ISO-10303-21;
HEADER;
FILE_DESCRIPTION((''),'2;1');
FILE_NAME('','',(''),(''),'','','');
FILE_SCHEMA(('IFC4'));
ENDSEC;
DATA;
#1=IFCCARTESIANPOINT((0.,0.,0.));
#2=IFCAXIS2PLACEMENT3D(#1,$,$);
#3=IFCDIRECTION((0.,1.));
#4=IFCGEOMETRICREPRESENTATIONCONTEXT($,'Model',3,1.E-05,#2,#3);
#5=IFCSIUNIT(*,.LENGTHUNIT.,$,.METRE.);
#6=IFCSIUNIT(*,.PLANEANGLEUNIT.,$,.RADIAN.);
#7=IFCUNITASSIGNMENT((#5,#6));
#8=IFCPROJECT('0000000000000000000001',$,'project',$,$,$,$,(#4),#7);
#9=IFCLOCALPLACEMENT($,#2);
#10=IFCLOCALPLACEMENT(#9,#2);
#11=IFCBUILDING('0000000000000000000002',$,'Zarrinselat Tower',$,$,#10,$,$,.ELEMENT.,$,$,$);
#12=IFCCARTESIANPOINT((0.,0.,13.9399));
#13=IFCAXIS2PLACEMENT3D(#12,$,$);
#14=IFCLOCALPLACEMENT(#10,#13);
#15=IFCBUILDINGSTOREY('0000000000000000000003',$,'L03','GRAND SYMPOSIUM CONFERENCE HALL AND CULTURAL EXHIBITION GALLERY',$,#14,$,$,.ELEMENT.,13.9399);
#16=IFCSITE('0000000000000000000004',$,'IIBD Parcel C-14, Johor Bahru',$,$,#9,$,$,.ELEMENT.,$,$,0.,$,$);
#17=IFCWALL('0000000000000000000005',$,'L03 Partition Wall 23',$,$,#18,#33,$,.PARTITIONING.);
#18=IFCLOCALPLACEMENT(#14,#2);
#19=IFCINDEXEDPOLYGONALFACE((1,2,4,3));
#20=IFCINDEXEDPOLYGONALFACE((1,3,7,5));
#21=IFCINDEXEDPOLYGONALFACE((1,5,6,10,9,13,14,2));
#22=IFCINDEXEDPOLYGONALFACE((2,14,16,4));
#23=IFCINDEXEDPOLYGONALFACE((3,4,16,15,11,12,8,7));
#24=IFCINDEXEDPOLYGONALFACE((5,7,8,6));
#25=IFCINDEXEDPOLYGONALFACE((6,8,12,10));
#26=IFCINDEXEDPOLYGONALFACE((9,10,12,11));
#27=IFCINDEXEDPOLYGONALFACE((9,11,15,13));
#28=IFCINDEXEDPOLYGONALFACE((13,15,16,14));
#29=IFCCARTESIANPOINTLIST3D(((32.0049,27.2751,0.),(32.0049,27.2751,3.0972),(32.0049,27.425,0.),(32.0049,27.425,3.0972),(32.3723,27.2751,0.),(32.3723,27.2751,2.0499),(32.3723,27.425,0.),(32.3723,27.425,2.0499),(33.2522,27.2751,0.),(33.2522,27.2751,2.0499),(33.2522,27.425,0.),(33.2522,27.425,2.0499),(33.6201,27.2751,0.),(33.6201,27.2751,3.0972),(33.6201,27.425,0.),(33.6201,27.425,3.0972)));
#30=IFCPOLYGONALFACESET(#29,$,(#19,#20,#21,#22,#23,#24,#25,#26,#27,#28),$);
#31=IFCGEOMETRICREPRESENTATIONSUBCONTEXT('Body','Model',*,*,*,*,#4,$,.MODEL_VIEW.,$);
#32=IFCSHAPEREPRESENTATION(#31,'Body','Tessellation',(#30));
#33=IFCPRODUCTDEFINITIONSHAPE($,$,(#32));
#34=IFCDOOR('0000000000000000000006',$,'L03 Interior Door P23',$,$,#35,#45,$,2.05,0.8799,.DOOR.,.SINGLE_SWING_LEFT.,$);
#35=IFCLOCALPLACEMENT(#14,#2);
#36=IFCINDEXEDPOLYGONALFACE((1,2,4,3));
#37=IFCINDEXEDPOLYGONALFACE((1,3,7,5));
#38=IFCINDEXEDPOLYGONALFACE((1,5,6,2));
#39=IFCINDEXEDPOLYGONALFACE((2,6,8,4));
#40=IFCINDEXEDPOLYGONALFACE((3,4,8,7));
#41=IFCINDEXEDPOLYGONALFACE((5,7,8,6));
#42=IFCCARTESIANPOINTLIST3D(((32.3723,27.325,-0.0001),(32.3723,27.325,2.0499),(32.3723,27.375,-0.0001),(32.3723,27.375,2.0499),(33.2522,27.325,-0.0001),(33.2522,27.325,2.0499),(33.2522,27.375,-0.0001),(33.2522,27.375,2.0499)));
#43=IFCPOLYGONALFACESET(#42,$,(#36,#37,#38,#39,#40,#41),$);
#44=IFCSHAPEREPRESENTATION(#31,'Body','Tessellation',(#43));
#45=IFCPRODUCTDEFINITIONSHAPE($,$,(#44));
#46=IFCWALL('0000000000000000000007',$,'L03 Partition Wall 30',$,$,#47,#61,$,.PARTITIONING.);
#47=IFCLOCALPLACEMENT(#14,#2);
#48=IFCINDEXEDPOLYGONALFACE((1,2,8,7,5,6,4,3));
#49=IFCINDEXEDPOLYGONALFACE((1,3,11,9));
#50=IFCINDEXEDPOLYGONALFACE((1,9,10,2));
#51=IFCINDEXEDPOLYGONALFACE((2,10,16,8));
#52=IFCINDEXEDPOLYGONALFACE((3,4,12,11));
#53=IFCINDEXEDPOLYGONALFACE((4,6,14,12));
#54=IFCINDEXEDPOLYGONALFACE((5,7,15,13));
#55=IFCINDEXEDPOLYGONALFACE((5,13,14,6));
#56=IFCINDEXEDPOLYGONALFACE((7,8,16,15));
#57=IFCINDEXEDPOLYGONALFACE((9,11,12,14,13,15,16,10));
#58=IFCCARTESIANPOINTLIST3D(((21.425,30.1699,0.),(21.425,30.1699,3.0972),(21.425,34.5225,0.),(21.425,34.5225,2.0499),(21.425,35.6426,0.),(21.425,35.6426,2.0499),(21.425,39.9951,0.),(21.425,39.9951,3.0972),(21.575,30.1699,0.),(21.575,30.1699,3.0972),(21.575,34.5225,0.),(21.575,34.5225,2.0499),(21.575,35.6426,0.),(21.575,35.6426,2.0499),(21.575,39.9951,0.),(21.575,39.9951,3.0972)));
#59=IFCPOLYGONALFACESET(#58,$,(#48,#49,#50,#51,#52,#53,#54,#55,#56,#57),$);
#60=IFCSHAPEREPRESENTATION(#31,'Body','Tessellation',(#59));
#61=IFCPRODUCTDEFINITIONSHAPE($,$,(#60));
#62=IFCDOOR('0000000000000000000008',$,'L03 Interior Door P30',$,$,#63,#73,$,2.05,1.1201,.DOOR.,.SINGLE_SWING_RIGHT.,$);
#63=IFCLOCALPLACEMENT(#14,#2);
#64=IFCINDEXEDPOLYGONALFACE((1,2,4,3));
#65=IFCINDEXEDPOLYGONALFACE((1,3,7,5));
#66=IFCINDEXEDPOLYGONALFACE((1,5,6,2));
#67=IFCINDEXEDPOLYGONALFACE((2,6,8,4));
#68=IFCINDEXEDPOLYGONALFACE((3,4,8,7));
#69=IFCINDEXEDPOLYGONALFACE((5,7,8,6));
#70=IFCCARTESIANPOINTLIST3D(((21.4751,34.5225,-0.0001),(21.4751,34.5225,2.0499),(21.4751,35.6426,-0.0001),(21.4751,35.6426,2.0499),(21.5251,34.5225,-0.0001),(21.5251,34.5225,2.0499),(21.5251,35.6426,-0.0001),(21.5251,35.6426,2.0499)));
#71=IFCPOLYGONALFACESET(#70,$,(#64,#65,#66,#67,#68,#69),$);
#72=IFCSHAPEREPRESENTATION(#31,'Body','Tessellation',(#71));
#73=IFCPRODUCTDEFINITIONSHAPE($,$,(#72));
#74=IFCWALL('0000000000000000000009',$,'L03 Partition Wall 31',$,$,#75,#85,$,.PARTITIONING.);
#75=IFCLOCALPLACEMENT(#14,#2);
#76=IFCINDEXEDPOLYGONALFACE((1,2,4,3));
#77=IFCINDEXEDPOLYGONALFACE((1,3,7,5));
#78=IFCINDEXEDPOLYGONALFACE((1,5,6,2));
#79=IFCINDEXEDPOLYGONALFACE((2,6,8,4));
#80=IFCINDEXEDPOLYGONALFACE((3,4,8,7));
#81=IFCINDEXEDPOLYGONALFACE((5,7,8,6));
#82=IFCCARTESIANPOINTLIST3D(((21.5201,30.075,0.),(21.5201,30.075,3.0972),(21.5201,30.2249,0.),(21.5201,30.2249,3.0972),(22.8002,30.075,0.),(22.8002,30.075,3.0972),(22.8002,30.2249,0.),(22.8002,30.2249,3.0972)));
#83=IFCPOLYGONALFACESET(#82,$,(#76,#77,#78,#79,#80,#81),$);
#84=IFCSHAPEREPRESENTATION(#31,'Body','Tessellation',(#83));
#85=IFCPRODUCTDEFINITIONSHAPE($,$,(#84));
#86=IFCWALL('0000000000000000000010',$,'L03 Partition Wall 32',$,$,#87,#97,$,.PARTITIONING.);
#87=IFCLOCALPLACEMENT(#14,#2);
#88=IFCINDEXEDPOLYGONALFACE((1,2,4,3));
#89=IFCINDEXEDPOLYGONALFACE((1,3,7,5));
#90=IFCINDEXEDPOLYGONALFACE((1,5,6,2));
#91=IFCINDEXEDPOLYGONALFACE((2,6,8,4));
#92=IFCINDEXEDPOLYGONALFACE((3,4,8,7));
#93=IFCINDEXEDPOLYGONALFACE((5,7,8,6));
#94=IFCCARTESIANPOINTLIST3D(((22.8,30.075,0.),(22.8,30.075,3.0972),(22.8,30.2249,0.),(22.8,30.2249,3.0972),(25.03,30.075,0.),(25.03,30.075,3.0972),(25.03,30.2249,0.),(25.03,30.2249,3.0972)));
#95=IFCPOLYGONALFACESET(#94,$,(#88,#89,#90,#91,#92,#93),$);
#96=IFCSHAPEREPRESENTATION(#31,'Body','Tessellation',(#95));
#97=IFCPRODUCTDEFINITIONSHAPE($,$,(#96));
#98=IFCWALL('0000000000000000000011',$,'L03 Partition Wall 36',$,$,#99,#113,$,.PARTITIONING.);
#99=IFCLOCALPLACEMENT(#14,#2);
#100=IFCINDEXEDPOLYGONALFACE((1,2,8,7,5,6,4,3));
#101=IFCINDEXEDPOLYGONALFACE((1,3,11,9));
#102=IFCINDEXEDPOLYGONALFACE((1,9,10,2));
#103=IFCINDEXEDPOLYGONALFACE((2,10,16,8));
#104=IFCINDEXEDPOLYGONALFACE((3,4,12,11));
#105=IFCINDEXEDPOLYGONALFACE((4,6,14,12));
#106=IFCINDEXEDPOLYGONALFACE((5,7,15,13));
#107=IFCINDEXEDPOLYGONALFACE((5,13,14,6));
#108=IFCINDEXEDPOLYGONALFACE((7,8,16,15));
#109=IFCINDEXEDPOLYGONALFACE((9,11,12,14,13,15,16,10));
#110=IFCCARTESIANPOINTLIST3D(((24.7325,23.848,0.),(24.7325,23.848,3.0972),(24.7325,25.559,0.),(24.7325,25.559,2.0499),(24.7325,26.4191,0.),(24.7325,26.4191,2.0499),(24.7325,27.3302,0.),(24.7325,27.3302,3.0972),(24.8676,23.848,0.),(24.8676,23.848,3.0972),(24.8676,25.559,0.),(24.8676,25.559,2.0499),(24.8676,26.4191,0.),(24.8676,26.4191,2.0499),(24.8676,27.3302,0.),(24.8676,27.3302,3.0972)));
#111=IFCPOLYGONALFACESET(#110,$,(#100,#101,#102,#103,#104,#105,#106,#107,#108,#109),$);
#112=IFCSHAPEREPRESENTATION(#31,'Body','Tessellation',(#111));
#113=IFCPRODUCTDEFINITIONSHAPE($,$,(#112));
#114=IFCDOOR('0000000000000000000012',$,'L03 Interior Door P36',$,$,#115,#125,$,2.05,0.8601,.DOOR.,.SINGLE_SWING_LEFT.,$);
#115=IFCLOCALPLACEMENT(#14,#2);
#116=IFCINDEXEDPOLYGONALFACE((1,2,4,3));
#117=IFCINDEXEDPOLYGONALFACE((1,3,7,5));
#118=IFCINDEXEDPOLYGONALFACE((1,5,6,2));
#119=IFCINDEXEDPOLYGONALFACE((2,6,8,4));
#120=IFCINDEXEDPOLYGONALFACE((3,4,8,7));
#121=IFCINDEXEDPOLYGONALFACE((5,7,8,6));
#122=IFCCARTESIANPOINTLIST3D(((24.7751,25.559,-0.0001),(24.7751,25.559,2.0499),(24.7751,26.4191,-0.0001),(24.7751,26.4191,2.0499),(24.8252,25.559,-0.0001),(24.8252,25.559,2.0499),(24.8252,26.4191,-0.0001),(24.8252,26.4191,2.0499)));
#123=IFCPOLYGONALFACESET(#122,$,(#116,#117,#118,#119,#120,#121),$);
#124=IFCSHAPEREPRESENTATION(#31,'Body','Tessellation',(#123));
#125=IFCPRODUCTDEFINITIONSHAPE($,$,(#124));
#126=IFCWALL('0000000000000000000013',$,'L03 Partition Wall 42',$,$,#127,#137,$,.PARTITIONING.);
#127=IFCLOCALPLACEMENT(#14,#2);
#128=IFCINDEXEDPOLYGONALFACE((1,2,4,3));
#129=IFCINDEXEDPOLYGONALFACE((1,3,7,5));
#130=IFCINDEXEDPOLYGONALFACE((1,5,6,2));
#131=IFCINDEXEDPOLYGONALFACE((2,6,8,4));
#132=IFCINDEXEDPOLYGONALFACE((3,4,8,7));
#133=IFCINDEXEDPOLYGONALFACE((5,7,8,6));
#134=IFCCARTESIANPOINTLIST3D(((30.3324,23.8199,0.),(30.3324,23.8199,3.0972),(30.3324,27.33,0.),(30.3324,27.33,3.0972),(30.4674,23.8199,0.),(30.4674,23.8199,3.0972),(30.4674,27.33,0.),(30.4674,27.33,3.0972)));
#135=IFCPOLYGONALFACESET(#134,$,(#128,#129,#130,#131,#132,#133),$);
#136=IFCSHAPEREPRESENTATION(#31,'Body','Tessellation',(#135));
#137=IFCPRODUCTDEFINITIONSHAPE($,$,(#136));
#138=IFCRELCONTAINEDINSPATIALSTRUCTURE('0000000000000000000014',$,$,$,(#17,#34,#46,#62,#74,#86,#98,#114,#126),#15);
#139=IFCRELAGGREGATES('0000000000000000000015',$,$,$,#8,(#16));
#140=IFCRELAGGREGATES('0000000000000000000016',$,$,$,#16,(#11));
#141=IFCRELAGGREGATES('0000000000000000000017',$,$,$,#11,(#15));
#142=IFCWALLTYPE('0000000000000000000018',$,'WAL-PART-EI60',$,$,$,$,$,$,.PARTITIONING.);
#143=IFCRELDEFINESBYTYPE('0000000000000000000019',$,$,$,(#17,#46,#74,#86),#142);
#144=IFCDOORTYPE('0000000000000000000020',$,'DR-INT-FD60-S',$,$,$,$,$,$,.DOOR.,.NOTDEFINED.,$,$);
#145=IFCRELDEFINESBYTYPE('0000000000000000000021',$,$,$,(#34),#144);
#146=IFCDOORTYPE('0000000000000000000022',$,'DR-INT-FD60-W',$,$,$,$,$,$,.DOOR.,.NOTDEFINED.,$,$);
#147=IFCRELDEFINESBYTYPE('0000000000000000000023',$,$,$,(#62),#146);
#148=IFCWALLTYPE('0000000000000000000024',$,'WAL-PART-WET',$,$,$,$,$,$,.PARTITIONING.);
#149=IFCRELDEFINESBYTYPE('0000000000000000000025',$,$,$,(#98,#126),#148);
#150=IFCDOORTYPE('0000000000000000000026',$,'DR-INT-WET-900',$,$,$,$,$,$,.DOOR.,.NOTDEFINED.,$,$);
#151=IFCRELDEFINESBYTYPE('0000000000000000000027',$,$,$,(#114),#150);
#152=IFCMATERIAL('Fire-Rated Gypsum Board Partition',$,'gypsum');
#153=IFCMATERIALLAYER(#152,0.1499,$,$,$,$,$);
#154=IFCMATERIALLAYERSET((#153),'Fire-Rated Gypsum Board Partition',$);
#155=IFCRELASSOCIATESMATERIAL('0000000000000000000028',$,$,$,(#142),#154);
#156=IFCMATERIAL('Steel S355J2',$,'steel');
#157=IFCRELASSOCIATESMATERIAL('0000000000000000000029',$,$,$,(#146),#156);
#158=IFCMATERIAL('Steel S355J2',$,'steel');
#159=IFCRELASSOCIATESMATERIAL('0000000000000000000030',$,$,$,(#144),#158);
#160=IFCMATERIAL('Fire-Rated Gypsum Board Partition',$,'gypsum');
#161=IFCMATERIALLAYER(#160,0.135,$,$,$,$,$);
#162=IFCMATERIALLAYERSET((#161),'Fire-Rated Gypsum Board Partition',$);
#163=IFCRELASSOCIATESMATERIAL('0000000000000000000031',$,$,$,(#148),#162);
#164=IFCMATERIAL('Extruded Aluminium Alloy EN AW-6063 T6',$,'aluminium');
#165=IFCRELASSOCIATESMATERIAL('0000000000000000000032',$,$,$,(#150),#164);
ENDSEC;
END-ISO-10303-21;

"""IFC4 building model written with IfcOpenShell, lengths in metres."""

from ifc_helpers import new_model, si_unit, direction, frame, frame_2d, origin, place, context, subcontext, project, spatial, rectangle, extrude, material, layer, layer_set, type_object, element, fill, save


model = new_model("IFC4")

# Units and contexts
model_context = context("Model", 3, precision=1e-05, world=origin(), true_north=direction((0.0, 1.0)))
body_context = subcontext(model_context, "Body", "Model", "MODEL_VIEW")
ifc_project = project(units=[si_unit("LENGTHUNIT", "METRE"), si_unit("PLANEANGLEUNIT", "RADIAN")], contexts=[model_context])

# Site, building, storey
site_placement = place(None, origin())
site = spatial("IfcSite", under=ifc_project, at=site_placement, Name="IIBD Parcel C-14, Johor Bahru", CompositionType="ELEMENT", RefElevation=0.0)
building_placement = place(site_placement, origin())
building = spatial("IfcBuilding", under=site, at=building_placement, Name="Zarrinselat Tower", CompositionType="ELEMENT")
storey_placement = place(building_placement, frame((0.0, 0.0, 13.9399)))
storey = spatial("IfcBuildingStorey", under=building, at=storey_placement, Name="L03", Description="GRAND SYMPOSIUM CONFERENCE HALL AND CULTURAL EXHIBITION GALLERY", CompositionType="ELEMENT", Elevation=13.9399)

# Shared definitions
ifc_material_1 = material(Name="Fire-Rated Gypsum Board Partition", Category="gypsum")
ifc_layer_1 = layer(ifc_material_1, 0.1499)
ifc_layer_set_1 = layer_set([ifc_layer_1], Name="Fire-Rated Gypsum Board Partition")
wall_type_1 = type_object("IfcWallType", Name="WAL-PART-EI60", PredefinedType="PARTITIONING", material=ifc_layer_set_1)
ifc_material_2 = material(Name="Steel S355J2", Category="steel")
door_type_1 = type_object("IfcDoorType", Name="DR-INT-FD60-W", OperationType="NOTDEFINED", PredefinedType="DOOR", material=ifc_material_2)

# Walls, openings, doors
wall_1_placement = place(storey_placement, frame((32.0049, 27.3501, 0.0), z_axis=(0.0, 0.0, 1.0), x_axis=(1.0, 0.0, 0.0)))
wall_1 = element("IfcWall", 1, at=wall_1_placement, inside=storey, type_object=wall_type_1, Name="L03 Partition Wall 23", PredefinedType="PARTITIONING", context=body_context, shape_type="SweptSolid", body=[
    extrude(rectangle(XDim=1.6152, YDim=0.1499, at=frame_2d((0.8076, 0.0))), origin(), (0.0, 0.0, 1.0), 3.0972),
])
opening_1_placement = place(wall_1_placement, frame((0.3674, 0.0, 0.0)))
opening_1 = element("IfcOpeningElement", 2, at=opening_1_placement, cuts=wall_1, PredefinedType="OPENING", context=body_context, shape_type="SweptSolid", body=[
    extrude(rectangle(XDim=0.8799, YDim=2.05, at=frame_2d((0.4399, 1.0249))), frame((0.0, 0.085, 0.0), z_axis=(0.0, -1.0, 0.0), x_axis=(1.0, 0.0, 0.0)), (0.0, 0.0, 1.0), 0.1699),
])
ifc_material_3 = material(Name="Steel S355J2", Category="steel")
door_type_2 = type_object("IfcDoorType", Name="DR-INT-FD60-S", OperationType="NOTDEFINED", PredefinedType="DOOR", material=ifc_material_3)
door_1_placement = place(opening_1_placement, origin())
door_1 = element("IfcDoor", 3, at=door_1_placement, inside=storey, type_object=door_type_2, Name="L03 Interior Door P23", OperationType="SINGLE_SWING_LEFT", OverallHeight=2.05, OverallWidth=0.8799, PredefinedType="DOOR", context=body_context, shape_type="SweptSolid", body=[
    extrude(rectangle(XDim=0.8799, YDim=2.05, at=frame_2d((0.4399, 1.0249))), frame((0.0, 0.0249, 0.0), z_axis=(0.0, -1.0, 0.0), x_axis=(1.0, 0.0, 0.0)), (0.0, 0.0, 1.0), 0.05),
])
fill(opening_1, door_1)
wall_2_placement = place(storey_placement, frame((21.5, 30.1699, 0.0), z_axis=(0.0, 0.0, 1.0), x_axis=(0.0, 1.0, 0.0)))
wall_2 = element("IfcWall", 4, at=wall_2_placement, inside=storey, type_object=wall_type_1, Name="L03 Partition Wall 30", PredefinedType="PARTITIONING", context=body_context, shape_type="SweptSolid", body=[
    extrude(rectangle(XDim=9.8252, YDim=0.1499, at=frame_2d((4.9126, 0.0))), origin(), (0.0, 0.0, 1.0), 3.0972),
])
opening_2_placement = place(wall_2_placement, frame((4.3525, 0.0, 0.0)))
opening_2 = element("IfcOpeningElement", 5, at=opening_2_placement, cuts=wall_2, PredefinedType="OPENING", context=body_context, shape_type="SweptSolid", body=[
    extrude(rectangle(XDim=1.1201, YDim=2.05, at=frame_2d((0.5601, 1.0249))), frame((0.0, 0.085, 0.0), z_axis=(0.0, -1.0, 0.0), x_axis=(1.0, 0.0, 0.0)), (0.0, 0.0, 1.0), 0.1699),
])
door_2_placement = place(opening_2_placement, origin())
door_2 = element("IfcDoor", 6, at=door_2_placement, inside=storey, type_object=door_type_1, Name="L03 Interior Door P30", OperationType="SINGLE_SWING_RIGHT", OverallHeight=2.05, OverallWidth=1.1201, PredefinedType="DOOR", context=body_context, shape_type="SweptSolid", body=[
    extrude(rectangle(XDim=1.1201, YDim=2.05, at=frame_2d((0.5601, 1.0249))), frame((0.0, 0.0249, 0.0), z_axis=(0.0, -1.0, 0.0), x_axis=(1.0, 0.0, 0.0)), (0.0, 0.0, 1.0), 0.05),
])
fill(opening_2, door_2)

# Walls
wall_3_placement = place(storey_placement, frame((21.52, 30.1499, 0.0), z_axis=(0.0, 0.0, 1.0), x_axis=(1.0, 0.0, 0.0)))
element("IfcWall", 7, at=wall_3_placement, inside=storey, type_object=wall_type_1, Name="L03 Partition Wall 31", PredefinedType="PARTITIONING", context=body_context, shape_type="SweptSolid", body=[
    extrude(rectangle(XDim=1.28, YDim=0.1499, at=frame_2d((0.6401, 0.0))), origin(), (0.0, 0.0, 1.0), 3.0972),
])
wall_4_placement = place(storey_placement, frame((22.8, 30.1499, 0.0), z_axis=(0.0, 0.0, 1.0), x_axis=(1.0, 0.0, 0.0)))
element("IfcWall", 8, at=wall_4_placement, inside=storey, type_object=wall_type_1, Name="L03 Partition Wall 32", PredefinedType="PARTITIONING", context=body_context, shape_type="SweptSolid", body=[
    extrude(rectangle(XDim=2.23, YDim=0.1499, at=frame_2d((1.115, 0.0))), origin(), (0.0, 0.0, 1.0), 3.0972),
])

# Wall, opening, door
ifc_material_4 = material(Name="Fire-Rated Gypsum Board Partition", Category="gypsum")
ifc_layer_2 = layer(ifc_material_4, 0.135)
ifc_layer_set_2 = layer_set([ifc_layer_2], Name="Fire-Rated Gypsum Board Partition")
wall_type_2 = type_object("IfcWallType", Name="WAL-PART-WET", PredefinedType="PARTITIONING", material=ifc_layer_set_2)
wall_5_placement = place(storey_placement, frame((24.8, 23.8479, 0.0), z_axis=(0.0, 0.0, 1.0), x_axis=(0.0, 1.0, 0.0)))
wall_5 = element("IfcWall", 9, at=wall_5_placement, inside=storey, type_object=wall_type_2, Name="L03 Partition Wall 36", PredefinedType="PARTITIONING", context=body_context, shape_type="SweptSolid", body=[
    extrude(rectangle(XDim=3.4822, YDim=0.135, at=frame_2d((1.7412, 0.0))), origin(), (0.0, 0.0, 1.0), 3.0972),
])
opening_3_placement = place(wall_5_placement, frame((1.7109, 0.0, 0.0)))
opening_3 = element("IfcOpeningElement", 10, at=opening_3_placement, cuts=wall_5, PredefinedType="OPENING", context=body_context, shape_type="SweptSolid", body=[
    extrude(rectangle(XDim=0.8601, YDim=2.05, at=frame_2d((0.4302, 1.0249))), frame((0.0, 0.0774, 0.0), z_axis=(0.0, -1.0, 0.0), x_axis=(1.0, 0.0, 0.0)), (0.0, 0.0, 1.0), 0.155),
])
ifc_material_5 = material(Name="Extruded Aluminium Alloy EN AW-6063 T6", Category="aluminium")
door_type_3 = type_object("IfcDoorType", Name="DR-INT-WET-900", OperationType="NOTDEFINED", PredefinedType="DOOR", material=ifc_material_5)
door_3_placement = place(opening_3_placement, origin())
door_3 = element("IfcDoor", 11, at=door_3_placement, inside=storey, type_object=door_type_3, Name="L03 Interior Door P36", OperationType="SINGLE_SWING_LEFT", OverallHeight=2.05, OverallWidth=0.8601, PredefinedType="DOOR", context=body_context, shape_type="SweptSolid", body=[
    extrude(rectangle(XDim=0.8601, YDim=2.05, at=frame_2d((0.4302, 1.0249))), frame((0.0, 0.0249, 0.0), z_axis=(0.0, -1.0, 0.0), x_axis=(1.0, 0.0, 0.0)), (0.0, 0.0, 1.0), 0.05),
])
fill(opening_3, door_3)

# Wall
wall_6_placement = place(storey_placement, frame((30.3999, 23.8201, 0.0), z_axis=(0.0, 0.0, 1.0), x_axis=(0.0, 1.0, 0.0)))
element("IfcWall", 12, at=wall_6_placement, inside=storey, type_object=wall_type_2, Name="L03 Partition Wall 42", PredefinedType="PARTITIONING", context=body_context, shape_type="SweptSolid", body=[
    extrude(rectangle(XDim=3.51, YDim=0.135, at=frame_2d((1.7549, 0.0))), origin(), (0.0, 0.0, 1.0), 3.0972),
])

save(model, "model.ifc")
